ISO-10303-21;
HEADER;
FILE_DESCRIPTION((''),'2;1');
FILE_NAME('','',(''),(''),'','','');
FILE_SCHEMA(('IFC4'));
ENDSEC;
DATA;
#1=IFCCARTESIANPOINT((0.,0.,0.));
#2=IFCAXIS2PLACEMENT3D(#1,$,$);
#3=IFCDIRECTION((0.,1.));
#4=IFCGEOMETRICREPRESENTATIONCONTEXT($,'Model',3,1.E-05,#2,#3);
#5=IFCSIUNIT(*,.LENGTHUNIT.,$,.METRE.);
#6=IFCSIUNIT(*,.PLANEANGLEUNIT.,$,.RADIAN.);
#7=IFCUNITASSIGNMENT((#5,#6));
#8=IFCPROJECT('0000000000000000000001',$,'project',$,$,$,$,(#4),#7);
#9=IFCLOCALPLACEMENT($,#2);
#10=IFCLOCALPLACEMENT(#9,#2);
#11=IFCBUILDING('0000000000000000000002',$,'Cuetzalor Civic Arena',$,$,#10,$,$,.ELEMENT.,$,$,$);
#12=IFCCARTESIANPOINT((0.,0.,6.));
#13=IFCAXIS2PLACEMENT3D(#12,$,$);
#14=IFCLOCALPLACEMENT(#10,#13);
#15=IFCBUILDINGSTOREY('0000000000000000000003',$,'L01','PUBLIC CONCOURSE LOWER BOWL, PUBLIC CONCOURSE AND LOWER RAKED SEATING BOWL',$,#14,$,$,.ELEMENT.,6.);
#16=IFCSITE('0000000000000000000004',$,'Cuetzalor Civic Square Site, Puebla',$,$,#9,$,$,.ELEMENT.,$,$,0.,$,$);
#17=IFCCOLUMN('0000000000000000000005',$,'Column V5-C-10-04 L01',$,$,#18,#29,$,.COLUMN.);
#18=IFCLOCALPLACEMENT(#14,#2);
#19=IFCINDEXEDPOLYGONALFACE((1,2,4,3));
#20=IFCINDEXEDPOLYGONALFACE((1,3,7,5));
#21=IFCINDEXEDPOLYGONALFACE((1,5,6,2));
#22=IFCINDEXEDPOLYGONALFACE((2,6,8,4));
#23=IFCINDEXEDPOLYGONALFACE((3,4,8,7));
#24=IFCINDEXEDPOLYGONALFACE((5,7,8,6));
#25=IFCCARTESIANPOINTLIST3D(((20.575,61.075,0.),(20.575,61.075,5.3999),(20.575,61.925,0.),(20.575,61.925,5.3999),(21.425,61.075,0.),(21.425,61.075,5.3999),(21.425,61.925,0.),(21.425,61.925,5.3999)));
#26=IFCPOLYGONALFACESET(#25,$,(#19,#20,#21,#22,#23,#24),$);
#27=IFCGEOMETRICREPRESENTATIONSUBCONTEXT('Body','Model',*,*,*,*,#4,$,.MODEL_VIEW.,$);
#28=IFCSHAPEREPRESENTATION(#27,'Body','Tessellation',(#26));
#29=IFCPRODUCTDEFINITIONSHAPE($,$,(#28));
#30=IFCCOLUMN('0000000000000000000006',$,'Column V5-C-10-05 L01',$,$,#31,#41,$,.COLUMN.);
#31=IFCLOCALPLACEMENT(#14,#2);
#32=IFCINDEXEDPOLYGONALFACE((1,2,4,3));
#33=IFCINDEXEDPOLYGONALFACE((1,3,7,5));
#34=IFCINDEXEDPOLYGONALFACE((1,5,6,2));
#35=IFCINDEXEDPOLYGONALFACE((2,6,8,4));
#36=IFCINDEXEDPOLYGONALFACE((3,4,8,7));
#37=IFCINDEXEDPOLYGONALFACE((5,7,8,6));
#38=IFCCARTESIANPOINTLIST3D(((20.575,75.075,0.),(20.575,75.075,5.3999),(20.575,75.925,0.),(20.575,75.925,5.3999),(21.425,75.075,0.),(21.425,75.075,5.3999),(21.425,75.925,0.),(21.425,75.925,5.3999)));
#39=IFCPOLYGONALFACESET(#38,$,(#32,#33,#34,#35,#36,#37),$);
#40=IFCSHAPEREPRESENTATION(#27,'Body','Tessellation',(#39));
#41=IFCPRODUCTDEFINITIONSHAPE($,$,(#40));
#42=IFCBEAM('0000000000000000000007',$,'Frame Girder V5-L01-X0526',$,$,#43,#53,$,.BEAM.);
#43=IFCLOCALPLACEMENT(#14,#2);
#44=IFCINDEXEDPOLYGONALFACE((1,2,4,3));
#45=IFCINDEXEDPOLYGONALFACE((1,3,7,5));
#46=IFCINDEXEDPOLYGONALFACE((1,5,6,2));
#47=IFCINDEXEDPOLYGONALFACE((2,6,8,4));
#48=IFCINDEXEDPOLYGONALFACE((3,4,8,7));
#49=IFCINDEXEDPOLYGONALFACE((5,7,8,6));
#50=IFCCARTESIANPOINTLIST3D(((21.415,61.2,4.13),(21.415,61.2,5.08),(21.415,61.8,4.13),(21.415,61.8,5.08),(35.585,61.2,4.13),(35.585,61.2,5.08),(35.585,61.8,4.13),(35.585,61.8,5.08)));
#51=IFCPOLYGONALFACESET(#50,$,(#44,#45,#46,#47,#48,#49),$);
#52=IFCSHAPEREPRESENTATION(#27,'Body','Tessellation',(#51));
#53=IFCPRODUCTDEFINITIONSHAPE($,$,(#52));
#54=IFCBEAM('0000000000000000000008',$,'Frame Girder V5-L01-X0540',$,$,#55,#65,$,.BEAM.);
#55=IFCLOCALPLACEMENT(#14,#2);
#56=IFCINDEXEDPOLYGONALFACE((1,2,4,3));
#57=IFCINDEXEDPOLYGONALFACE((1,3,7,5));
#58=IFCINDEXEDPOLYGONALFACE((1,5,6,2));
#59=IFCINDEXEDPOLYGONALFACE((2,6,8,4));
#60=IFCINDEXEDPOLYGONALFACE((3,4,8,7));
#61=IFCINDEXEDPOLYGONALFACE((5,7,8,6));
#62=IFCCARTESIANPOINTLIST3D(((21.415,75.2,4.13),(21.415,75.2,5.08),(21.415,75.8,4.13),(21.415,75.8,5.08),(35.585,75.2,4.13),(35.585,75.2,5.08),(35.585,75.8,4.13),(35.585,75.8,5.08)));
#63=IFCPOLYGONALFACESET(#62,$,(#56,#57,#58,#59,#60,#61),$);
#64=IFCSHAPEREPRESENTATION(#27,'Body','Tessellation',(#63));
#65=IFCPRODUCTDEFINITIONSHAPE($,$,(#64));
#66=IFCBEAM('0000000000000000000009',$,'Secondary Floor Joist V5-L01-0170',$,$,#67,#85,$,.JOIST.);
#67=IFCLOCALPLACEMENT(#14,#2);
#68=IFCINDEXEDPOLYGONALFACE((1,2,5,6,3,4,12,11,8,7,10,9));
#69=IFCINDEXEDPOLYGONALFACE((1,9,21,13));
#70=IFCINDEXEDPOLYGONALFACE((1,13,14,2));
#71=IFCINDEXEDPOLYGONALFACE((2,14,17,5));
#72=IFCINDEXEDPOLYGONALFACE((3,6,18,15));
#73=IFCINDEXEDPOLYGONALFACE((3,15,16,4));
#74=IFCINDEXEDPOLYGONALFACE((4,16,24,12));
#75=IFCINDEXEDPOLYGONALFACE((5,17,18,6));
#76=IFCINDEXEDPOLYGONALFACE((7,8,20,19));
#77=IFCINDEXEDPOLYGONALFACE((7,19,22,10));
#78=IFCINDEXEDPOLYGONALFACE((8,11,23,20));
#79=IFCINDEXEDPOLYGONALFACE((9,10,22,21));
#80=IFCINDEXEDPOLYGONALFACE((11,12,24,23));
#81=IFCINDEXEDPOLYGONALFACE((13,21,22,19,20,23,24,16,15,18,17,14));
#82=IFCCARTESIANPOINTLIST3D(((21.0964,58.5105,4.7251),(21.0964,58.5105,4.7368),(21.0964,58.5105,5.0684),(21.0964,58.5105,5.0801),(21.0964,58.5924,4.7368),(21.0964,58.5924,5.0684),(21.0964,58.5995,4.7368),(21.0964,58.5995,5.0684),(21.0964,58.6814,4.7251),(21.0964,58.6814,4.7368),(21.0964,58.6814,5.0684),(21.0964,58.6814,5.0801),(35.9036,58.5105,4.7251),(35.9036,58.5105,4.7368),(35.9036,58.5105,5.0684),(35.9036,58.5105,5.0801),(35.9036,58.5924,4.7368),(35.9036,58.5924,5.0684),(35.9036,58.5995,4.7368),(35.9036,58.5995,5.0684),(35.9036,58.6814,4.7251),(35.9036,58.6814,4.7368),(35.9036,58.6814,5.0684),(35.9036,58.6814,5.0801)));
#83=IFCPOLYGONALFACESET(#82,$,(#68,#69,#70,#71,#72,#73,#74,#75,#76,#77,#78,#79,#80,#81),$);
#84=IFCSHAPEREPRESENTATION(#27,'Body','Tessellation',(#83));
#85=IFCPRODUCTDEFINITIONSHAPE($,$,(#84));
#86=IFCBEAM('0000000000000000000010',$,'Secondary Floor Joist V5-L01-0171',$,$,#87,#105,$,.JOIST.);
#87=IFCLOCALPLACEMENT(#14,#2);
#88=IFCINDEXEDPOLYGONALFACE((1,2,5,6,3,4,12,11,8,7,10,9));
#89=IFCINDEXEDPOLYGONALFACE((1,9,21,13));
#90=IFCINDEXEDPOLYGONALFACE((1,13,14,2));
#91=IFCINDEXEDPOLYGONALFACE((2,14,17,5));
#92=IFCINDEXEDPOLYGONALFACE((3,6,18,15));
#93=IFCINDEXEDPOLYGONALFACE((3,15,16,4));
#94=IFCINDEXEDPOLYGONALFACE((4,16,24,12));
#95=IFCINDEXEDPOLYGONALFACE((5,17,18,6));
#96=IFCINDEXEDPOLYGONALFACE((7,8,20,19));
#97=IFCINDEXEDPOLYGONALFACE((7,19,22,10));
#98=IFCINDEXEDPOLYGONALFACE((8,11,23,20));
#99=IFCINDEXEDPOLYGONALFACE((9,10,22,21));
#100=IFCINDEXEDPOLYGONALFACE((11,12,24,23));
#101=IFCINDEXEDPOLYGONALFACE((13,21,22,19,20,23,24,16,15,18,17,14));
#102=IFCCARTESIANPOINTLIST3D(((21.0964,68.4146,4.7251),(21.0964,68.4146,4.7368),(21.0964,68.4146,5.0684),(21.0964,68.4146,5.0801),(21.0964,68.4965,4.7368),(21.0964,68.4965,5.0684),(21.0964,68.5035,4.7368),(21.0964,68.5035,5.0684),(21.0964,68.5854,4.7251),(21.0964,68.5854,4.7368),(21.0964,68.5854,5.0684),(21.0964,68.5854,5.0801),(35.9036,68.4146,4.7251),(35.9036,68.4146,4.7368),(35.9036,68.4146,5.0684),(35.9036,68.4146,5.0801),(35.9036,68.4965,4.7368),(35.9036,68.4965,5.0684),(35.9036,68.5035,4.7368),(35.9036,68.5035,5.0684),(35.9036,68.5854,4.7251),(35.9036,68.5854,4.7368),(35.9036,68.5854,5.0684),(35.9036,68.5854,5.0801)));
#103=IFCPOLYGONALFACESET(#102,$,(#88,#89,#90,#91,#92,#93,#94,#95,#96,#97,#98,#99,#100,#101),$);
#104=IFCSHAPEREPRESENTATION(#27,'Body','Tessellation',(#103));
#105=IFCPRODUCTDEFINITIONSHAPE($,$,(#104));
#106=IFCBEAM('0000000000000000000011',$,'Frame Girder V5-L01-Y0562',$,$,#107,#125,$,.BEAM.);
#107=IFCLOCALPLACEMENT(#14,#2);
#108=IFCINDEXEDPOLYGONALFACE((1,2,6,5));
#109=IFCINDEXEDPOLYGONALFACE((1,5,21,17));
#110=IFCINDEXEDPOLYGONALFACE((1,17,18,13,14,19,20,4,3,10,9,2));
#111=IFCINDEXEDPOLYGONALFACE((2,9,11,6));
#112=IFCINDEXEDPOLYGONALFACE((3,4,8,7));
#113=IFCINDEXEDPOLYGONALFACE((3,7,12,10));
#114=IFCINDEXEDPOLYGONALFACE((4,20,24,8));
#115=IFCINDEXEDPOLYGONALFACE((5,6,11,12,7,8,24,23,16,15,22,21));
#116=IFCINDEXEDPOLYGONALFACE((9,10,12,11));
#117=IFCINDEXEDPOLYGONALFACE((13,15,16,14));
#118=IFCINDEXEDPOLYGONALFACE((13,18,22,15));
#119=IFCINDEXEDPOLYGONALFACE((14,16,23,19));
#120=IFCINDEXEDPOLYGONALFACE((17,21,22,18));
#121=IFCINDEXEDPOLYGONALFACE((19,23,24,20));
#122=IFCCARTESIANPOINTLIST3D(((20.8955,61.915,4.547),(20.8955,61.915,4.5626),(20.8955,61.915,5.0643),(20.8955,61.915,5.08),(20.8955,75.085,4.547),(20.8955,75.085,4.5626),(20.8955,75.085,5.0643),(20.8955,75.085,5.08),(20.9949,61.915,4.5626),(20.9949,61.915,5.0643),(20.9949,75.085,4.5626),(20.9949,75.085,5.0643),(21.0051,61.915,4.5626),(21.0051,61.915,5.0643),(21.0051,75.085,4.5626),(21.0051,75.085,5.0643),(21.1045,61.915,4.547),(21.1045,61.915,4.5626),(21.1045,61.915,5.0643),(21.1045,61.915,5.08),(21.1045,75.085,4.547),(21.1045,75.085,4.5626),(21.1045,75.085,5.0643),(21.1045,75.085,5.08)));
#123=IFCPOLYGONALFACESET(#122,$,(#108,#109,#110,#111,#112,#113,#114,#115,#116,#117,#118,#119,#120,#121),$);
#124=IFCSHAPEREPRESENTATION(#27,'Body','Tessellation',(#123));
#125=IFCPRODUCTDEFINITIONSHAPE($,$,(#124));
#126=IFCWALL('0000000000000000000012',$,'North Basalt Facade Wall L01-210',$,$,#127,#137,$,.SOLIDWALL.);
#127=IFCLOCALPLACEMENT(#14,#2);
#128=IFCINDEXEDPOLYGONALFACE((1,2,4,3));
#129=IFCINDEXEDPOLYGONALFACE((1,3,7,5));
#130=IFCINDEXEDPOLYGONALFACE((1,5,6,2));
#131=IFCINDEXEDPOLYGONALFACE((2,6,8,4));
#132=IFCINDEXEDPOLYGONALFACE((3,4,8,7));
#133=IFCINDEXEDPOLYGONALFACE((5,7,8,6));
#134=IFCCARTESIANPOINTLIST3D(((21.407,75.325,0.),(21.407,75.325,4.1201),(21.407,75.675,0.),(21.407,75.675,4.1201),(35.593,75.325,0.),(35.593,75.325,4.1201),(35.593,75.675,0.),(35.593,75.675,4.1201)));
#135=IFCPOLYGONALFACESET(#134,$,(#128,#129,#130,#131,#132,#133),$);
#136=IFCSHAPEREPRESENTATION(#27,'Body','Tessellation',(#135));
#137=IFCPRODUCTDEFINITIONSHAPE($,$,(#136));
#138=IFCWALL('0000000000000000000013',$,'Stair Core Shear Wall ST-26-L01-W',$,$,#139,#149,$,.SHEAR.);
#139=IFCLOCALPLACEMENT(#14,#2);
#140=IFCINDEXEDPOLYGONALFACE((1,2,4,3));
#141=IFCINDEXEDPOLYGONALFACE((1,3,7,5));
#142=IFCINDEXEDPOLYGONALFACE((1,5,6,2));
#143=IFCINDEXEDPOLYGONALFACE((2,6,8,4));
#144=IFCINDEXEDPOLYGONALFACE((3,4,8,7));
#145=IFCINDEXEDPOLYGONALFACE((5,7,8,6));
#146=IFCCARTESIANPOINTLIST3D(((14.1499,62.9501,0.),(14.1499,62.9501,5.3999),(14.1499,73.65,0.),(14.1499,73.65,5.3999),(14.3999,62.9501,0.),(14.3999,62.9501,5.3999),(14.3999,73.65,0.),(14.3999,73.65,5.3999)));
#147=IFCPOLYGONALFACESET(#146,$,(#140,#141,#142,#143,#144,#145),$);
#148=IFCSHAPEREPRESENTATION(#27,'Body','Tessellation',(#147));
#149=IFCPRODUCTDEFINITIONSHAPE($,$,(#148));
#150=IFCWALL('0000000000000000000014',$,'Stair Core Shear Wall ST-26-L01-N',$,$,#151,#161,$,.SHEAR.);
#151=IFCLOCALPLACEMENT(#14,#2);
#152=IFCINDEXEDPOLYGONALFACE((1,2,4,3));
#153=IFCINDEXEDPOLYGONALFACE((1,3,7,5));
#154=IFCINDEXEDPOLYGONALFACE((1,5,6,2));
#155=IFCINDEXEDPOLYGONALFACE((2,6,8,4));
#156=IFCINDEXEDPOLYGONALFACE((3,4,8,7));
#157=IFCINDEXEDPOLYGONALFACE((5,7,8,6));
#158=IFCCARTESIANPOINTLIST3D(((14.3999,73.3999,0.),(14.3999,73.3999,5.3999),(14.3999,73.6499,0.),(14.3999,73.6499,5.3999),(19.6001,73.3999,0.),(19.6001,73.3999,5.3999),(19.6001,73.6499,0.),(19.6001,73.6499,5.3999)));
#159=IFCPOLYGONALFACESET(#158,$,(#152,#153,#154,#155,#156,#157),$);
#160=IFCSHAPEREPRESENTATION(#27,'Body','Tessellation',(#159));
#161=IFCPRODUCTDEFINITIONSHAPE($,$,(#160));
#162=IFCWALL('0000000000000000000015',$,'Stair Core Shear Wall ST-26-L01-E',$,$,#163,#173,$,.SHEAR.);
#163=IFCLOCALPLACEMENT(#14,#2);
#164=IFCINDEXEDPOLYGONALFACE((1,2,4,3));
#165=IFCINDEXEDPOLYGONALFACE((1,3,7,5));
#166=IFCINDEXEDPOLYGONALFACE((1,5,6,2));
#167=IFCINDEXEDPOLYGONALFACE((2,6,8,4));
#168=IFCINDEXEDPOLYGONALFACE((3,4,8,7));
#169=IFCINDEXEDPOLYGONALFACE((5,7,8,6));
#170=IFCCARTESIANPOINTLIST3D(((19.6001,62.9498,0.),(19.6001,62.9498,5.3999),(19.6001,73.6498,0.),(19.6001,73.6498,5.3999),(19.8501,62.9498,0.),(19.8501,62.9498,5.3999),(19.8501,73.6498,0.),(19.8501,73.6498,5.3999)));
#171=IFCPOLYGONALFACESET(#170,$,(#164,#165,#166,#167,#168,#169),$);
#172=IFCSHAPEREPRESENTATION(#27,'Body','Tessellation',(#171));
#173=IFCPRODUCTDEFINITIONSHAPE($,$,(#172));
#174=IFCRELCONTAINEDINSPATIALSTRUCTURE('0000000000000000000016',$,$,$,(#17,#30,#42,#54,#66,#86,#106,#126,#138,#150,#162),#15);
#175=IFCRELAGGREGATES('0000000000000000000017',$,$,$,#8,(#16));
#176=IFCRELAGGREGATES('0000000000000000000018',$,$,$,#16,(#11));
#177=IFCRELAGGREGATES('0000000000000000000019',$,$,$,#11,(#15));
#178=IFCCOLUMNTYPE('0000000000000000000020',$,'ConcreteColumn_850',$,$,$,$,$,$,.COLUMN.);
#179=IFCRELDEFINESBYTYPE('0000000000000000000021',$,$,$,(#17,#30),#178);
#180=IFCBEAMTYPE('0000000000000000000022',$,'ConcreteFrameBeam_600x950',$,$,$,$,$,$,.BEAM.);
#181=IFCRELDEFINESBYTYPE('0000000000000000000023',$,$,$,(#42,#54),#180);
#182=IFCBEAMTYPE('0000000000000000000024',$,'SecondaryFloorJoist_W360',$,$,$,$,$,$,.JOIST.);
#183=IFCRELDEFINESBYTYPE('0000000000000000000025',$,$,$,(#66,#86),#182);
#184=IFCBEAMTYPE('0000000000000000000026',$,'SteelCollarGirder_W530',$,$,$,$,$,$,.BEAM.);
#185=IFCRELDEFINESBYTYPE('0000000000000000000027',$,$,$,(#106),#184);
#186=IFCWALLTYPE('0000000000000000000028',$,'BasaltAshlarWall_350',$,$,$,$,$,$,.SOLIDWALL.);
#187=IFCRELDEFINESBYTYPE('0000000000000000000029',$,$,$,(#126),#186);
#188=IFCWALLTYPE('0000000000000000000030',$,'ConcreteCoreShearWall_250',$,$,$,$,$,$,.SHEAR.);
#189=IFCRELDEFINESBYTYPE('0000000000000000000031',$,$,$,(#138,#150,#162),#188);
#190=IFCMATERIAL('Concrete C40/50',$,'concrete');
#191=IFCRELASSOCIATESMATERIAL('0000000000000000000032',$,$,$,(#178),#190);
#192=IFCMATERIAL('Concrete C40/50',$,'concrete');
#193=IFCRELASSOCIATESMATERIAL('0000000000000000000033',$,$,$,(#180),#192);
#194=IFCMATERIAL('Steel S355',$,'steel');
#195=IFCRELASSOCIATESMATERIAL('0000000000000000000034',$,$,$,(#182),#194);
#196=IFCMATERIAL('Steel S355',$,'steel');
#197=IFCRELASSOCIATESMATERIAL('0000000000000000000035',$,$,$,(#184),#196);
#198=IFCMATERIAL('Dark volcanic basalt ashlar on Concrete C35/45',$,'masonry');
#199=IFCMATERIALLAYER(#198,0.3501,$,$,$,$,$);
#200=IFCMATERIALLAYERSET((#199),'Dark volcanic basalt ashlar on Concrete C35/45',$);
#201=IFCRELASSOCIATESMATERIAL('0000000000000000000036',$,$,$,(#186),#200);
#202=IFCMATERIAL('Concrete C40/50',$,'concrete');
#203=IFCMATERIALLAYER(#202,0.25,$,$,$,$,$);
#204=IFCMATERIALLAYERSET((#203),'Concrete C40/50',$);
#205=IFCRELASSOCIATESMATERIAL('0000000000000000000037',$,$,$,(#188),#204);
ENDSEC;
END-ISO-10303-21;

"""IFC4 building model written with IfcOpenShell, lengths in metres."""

from ifc_helpers import new_model, si_unit, direction, frame, frame_2d, origin, origin_2d, place, context, subcontext, project, spatial, rectangle, i_section, extrude, material, layer, layer_set, material_profile, profile_set, type_object, element, save


model = new_model("IFC4")

# Units and contexts
model_context = context("Model", 3, precision=1e-05, world=origin(), true_north=direction((0.0, 1.0)))
body_context = subcontext(model_context, "Body", "Model", "MODEL_VIEW")
ifc_project = project(units=[si_unit("LENGTHUNIT", "METRE"), si_unit("PLANEANGLEUNIT", "RADIAN")], contexts=[model_context])

# Site, building, storey
site_placement = place(None, origin())
site = spatial("IfcSite", under=ifc_project, at=site_placement, Name="Cuetzalor Civic Square Site, Puebla", CompositionType="ELEMENT", RefElevation=0.0)
building_placement = place(site_placement, origin())
building = spatial("IfcBuilding", under=site, at=building_placement, Name="Cuetzalor Civic Arena", CompositionType="ELEMENT")
storey_placement = place(building_placement, frame((0.0, 0.0, 6.0)))
storey = spatial("IfcBuildingStorey", under=building, at=storey_placement, Name="L01", Description="PUBLIC CONCOURSE LOWER BOWL, PUBLIC CONCOURSE AND LOWER RAKED SEATING BOWL", CompositionType="ELEMENT", Elevation=6.0)

# Columns
ifc_material_1 = material(Name="Concrete C40/50", Category="concrete")
ifc_material_profile_1 = material_profile(ifc_material_1, rectangle(XDim=0.8501, YDim=0.8501, at=origin_2d()), Name="RC 850x850")
ifc_profile_set_1 = profile_set([ifc_material_profile_1], Name="Concrete C40/50")
column_type = type_object("IfcColumnType", Name="ConcreteColumn_850", PredefinedType="COLUMN", material=ifc_profile_set_1)
for number, where, z_axis, x_axis, name in (
    (1, (21.0, 61.5, 0.0), (0.0, 0.0, 1.0), (1.0, 0.0, 0.0), "Column V5-C-10-04 L01"),
    (2, (21.0, 75.5, 0.0), (0.0, 0.0, 1.0), (1.0, 0.0, 0.0), "Column V5-C-10-05 L01"),
):
    element("IfcColumn", number, at=place(storey_placement, frame(where, z_axis=z_axis, x_axis=x_axis)), inside=storey, type_object=column_type, Name=name, PredefinedType="COLUMN", context=body_context, shape_type="SweptSolid", body=[
        extrude(rectangle(XDim=0.8501, YDim=0.8501, at=origin_2d()), origin(), (0.0, 0.0, 1.0), 5.3999),
    ])

# Beams
ifc_material_2 = material(Name="Concrete C40/50", Category="concrete")
ifc_material_profile_2 = material_profile(ifc_material_2, rectangle(XDim=0.6001, YDim=0.95, at=origin_2d()), Name="RC 600x950")
ifc_profile_set_2 = profile_set([ifc_material_profile_2], Name="Concrete C40/50")
beam_type_1 = type_object("IfcBeamType", Name="ConcreteFrameBeam_600x950", PredefinedType="BEAM", material=ifc_profile_set_2)
for number, where, z_axis, x_axis, name in (
    (3, (21.415, 61.5, 4.605), (1.0, 0.0, 0.0), (0.0, 1.0, 0.0), "Frame Girder V5-L01-X0526"),
    (4, (21.415, 75.5, 4.605), (1.0, 0.0, 0.0), (0.0, 1.0, 0.0), "Frame Girder V5-L01-X0540"),
):
    element("IfcBeam", number, at=place(storey_placement, frame(where, z_axis=z_axis, x_axis=x_axis)), inside=storey, type_object=beam_type_1, Name=name, PredefinedType="BEAM", context=body_context, shape_type="SweptSolid", body=[
        extrude(rectangle(XDim=0.6001, YDim=0.95, at=origin_2d()), origin(), (0.0, 0.0, 1.0), 14.1699),
    ])
ifc_material_3 = material(Name="Steel S355", Category="steel")
ifc_material_profile_3 = material_profile(ifc_material_3, i_section(OverallWidth=0.1709, OverallDepth=0.355, WebThickness=0.0071, FlangeThickness=0.0117, at=origin_2d()), Name="W360x51")
ifc_profile_set_3 = profile_set([ifc_material_profile_3], Name="Steel S355")
beam_type_2 = type_object("IfcBeamType", Name="SecondaryFloorJoist_W360", PredefinedType="JOIST", material=ifc_profile_set_3)
for number, where, z_axis, x_axis, name in (
    (5, (21.0964, 58.5959, 4.9026), (1.0, 0.0, 0.0), (0.0, 1.0, 0.0), "Secondary Floor Joist V5-L01-0170"),
    (6, (21.0964, 68.5, 4.9026), (1.0, 0.0, 0.0), (0.0, 1.0, 0.0), "Secondary Floor Joist V5-L01-0171"),
):
    element("IfcBeam", number, at=place(storey_placement, frame(where, z_axis=z_axis, x_axis=x_axis)), inside=storey, type_object=beam_type_2, Name=name, PredefinedType="JOIST", context=body_context, shape_type="SweptSolid", body=[
        extrude(i_section(OverallWidth=0.1709, OverallDepth=0.355, WebThickness=0.0071, FlangeThickness=0.0117, at=origin_2d()), origin(), (0.0, 0.0, 1.0), 14.8071),
    ])
ifc_material_4 = material(Name="Steel S355", Category="steel")
ifc_material_profile_4 = material_profile(ifc_material_4, i_section(OverallWidth=0.209, OverallDepth=0.533, WebThickness=0.0103, FlangeThickness=0.0156, at=origin_2d()), Name="W530x92")
ifc_profile_set_4 = profile_set([ifc_material_profile_4], Name="Steel S355")
beam_type_3 = type_object("IfcBeamType", Name="SteelCollarGirder_W530", PredefinedType="BEAM", material=ifc_profile_set_4)
beam_placement = place(storey_placement, frame((21.0, 61.915, 4.8135), z_axis=(0.0, 1.0, 0.0), x_axis=(-1.0, 0.0, 0.0)))
element("IfcBeam", 7, at=beam_placement, inside=storey, type_object=beam_type_3, Name="Frame Girder V5-L01-Y0562", PredefinedType="BEAM", context=body_context, shape_type="SweptSolid", body=[
    extrude(i_section(OverallWidth=0.209, OverallDepth=0.533, WebThickness=0.0103, FlangeThickness=0.0156, at=origin_2d()), origin(), (0.0, 0.0, 1.0), 13.1699),
])

# Walls
ifc_material_5 = material(Name="Dark volcanic basalt ashlar on Concrete C35/45", Category="masonry")
ifc_layer_1 = layer(ifc_material_5, 0.3501)
ifc_layer_set_1 = layer_set([ifc_layer_1], Name="Dark volcanic basalt ashlar on Concrete C35/45")
wall_type_1 = type_object("IfcWallType", Name="BasaltAshlarWall_350", PredefinedType="SOLIDWALL", material=ifc_layer_set_1)
wall_1_placement = place(storey_placement, frame((21.407, 75.5, 0.0), z_axis=(0.0, 0.0, 1.0), x_axis=(1.0, 0.0, 0.0)))
element("IfcWall", 8, at=wall_1_placement, inside=storey, type_object=wall_type_1, Name="North Basalt Facade Wall L01-210", PredefinedType="SOLIDWALL", context=body_context, shape_type="SweptSolid", body=[
    extrude(rectangle(XDim=14.186, YDim=0.3501, at=frame_2d((7.093, 0.0))), origin(), (0.0, 0.0, 1.0), 4.1201),
])
ifc_material_6 = material(Name="Concrete C40/50", Category="concrete")
ifc_layer_2 = layer(ifc_material_6, 0.25)
ifc_layer_set_2 = layer_set([ifc_layer_2], Name="Concrete C40/50")
wall_type_2 = type_object("IfcWallType", Name="ConcreteCoreShearWall_250", PredefinedType="SHEAR", material=ifc_layer_set_2)
wall_2_placement = place(storey_placement, frame((14.2749, 62.95, 0.0), z_axis=(0.0, 0.0, 1.0), x_axis=(0.0, 1.0, 0.0)))
element("IfcWall", 9, at=wall_2_placement, inside=storey, type_object=wall_type_2, Name="Stair Core Shear Wall ST-26-L01-W", PredefinedType="SHEAR", context=body_context, shape_type="SweptSolid", body=[
    extrude(rectangle(XDim=10.7, YDim=0.25, at=frame_2d((5.3501, 0.0))), origin(), (0.0, 0.0, 1.0), 5.3999),
])
wall_3_placement = place(storey_placement, frame((14.3999, 73.5249, 0.0), z_axis=(0.0, 0.0, 1.0), x_axis=(1.0, 0.0, 0.0)))
element("IfcWall", 10, at=wall_3_placement, inside=storey, type_object=wall_type_2, Name="Stair Core Shear Wall ST-26-L01-N", PredefinedType="SHEAR", context=body_context, shape_type="SweptSolid", body=[
    extrude(rectangle(XDim=5.2002, YDim=0.25, at=frame_2d((2.6001, 0.0))), origin(), (0.0, 0.0, 1.0), 5.3999),
])
wall_4_placement = place(storey_placement, frame((19.7251, 73.6499, 0.0), z_axis=(0.0, 0.0, 1.0), x_axis=(0.0, -1.0, 0.0)))
element("IfcWall", 11, at=wall_4_placement, inside=storey, type_object=wall_type_2, Name="Stair Core Shear Wall ST-26-L01-E", PredefinedType="SHEAR", context=body_context, shape_type="SweptSolid", body=[
    extrude(rectangle(XDim=10.7, YDim=0.25, at=frame_2d((5.3501, 0.0))), origin(), (0.0, 0.0, 1.0), 5.3999),
])

save(model, "model.ifc")
